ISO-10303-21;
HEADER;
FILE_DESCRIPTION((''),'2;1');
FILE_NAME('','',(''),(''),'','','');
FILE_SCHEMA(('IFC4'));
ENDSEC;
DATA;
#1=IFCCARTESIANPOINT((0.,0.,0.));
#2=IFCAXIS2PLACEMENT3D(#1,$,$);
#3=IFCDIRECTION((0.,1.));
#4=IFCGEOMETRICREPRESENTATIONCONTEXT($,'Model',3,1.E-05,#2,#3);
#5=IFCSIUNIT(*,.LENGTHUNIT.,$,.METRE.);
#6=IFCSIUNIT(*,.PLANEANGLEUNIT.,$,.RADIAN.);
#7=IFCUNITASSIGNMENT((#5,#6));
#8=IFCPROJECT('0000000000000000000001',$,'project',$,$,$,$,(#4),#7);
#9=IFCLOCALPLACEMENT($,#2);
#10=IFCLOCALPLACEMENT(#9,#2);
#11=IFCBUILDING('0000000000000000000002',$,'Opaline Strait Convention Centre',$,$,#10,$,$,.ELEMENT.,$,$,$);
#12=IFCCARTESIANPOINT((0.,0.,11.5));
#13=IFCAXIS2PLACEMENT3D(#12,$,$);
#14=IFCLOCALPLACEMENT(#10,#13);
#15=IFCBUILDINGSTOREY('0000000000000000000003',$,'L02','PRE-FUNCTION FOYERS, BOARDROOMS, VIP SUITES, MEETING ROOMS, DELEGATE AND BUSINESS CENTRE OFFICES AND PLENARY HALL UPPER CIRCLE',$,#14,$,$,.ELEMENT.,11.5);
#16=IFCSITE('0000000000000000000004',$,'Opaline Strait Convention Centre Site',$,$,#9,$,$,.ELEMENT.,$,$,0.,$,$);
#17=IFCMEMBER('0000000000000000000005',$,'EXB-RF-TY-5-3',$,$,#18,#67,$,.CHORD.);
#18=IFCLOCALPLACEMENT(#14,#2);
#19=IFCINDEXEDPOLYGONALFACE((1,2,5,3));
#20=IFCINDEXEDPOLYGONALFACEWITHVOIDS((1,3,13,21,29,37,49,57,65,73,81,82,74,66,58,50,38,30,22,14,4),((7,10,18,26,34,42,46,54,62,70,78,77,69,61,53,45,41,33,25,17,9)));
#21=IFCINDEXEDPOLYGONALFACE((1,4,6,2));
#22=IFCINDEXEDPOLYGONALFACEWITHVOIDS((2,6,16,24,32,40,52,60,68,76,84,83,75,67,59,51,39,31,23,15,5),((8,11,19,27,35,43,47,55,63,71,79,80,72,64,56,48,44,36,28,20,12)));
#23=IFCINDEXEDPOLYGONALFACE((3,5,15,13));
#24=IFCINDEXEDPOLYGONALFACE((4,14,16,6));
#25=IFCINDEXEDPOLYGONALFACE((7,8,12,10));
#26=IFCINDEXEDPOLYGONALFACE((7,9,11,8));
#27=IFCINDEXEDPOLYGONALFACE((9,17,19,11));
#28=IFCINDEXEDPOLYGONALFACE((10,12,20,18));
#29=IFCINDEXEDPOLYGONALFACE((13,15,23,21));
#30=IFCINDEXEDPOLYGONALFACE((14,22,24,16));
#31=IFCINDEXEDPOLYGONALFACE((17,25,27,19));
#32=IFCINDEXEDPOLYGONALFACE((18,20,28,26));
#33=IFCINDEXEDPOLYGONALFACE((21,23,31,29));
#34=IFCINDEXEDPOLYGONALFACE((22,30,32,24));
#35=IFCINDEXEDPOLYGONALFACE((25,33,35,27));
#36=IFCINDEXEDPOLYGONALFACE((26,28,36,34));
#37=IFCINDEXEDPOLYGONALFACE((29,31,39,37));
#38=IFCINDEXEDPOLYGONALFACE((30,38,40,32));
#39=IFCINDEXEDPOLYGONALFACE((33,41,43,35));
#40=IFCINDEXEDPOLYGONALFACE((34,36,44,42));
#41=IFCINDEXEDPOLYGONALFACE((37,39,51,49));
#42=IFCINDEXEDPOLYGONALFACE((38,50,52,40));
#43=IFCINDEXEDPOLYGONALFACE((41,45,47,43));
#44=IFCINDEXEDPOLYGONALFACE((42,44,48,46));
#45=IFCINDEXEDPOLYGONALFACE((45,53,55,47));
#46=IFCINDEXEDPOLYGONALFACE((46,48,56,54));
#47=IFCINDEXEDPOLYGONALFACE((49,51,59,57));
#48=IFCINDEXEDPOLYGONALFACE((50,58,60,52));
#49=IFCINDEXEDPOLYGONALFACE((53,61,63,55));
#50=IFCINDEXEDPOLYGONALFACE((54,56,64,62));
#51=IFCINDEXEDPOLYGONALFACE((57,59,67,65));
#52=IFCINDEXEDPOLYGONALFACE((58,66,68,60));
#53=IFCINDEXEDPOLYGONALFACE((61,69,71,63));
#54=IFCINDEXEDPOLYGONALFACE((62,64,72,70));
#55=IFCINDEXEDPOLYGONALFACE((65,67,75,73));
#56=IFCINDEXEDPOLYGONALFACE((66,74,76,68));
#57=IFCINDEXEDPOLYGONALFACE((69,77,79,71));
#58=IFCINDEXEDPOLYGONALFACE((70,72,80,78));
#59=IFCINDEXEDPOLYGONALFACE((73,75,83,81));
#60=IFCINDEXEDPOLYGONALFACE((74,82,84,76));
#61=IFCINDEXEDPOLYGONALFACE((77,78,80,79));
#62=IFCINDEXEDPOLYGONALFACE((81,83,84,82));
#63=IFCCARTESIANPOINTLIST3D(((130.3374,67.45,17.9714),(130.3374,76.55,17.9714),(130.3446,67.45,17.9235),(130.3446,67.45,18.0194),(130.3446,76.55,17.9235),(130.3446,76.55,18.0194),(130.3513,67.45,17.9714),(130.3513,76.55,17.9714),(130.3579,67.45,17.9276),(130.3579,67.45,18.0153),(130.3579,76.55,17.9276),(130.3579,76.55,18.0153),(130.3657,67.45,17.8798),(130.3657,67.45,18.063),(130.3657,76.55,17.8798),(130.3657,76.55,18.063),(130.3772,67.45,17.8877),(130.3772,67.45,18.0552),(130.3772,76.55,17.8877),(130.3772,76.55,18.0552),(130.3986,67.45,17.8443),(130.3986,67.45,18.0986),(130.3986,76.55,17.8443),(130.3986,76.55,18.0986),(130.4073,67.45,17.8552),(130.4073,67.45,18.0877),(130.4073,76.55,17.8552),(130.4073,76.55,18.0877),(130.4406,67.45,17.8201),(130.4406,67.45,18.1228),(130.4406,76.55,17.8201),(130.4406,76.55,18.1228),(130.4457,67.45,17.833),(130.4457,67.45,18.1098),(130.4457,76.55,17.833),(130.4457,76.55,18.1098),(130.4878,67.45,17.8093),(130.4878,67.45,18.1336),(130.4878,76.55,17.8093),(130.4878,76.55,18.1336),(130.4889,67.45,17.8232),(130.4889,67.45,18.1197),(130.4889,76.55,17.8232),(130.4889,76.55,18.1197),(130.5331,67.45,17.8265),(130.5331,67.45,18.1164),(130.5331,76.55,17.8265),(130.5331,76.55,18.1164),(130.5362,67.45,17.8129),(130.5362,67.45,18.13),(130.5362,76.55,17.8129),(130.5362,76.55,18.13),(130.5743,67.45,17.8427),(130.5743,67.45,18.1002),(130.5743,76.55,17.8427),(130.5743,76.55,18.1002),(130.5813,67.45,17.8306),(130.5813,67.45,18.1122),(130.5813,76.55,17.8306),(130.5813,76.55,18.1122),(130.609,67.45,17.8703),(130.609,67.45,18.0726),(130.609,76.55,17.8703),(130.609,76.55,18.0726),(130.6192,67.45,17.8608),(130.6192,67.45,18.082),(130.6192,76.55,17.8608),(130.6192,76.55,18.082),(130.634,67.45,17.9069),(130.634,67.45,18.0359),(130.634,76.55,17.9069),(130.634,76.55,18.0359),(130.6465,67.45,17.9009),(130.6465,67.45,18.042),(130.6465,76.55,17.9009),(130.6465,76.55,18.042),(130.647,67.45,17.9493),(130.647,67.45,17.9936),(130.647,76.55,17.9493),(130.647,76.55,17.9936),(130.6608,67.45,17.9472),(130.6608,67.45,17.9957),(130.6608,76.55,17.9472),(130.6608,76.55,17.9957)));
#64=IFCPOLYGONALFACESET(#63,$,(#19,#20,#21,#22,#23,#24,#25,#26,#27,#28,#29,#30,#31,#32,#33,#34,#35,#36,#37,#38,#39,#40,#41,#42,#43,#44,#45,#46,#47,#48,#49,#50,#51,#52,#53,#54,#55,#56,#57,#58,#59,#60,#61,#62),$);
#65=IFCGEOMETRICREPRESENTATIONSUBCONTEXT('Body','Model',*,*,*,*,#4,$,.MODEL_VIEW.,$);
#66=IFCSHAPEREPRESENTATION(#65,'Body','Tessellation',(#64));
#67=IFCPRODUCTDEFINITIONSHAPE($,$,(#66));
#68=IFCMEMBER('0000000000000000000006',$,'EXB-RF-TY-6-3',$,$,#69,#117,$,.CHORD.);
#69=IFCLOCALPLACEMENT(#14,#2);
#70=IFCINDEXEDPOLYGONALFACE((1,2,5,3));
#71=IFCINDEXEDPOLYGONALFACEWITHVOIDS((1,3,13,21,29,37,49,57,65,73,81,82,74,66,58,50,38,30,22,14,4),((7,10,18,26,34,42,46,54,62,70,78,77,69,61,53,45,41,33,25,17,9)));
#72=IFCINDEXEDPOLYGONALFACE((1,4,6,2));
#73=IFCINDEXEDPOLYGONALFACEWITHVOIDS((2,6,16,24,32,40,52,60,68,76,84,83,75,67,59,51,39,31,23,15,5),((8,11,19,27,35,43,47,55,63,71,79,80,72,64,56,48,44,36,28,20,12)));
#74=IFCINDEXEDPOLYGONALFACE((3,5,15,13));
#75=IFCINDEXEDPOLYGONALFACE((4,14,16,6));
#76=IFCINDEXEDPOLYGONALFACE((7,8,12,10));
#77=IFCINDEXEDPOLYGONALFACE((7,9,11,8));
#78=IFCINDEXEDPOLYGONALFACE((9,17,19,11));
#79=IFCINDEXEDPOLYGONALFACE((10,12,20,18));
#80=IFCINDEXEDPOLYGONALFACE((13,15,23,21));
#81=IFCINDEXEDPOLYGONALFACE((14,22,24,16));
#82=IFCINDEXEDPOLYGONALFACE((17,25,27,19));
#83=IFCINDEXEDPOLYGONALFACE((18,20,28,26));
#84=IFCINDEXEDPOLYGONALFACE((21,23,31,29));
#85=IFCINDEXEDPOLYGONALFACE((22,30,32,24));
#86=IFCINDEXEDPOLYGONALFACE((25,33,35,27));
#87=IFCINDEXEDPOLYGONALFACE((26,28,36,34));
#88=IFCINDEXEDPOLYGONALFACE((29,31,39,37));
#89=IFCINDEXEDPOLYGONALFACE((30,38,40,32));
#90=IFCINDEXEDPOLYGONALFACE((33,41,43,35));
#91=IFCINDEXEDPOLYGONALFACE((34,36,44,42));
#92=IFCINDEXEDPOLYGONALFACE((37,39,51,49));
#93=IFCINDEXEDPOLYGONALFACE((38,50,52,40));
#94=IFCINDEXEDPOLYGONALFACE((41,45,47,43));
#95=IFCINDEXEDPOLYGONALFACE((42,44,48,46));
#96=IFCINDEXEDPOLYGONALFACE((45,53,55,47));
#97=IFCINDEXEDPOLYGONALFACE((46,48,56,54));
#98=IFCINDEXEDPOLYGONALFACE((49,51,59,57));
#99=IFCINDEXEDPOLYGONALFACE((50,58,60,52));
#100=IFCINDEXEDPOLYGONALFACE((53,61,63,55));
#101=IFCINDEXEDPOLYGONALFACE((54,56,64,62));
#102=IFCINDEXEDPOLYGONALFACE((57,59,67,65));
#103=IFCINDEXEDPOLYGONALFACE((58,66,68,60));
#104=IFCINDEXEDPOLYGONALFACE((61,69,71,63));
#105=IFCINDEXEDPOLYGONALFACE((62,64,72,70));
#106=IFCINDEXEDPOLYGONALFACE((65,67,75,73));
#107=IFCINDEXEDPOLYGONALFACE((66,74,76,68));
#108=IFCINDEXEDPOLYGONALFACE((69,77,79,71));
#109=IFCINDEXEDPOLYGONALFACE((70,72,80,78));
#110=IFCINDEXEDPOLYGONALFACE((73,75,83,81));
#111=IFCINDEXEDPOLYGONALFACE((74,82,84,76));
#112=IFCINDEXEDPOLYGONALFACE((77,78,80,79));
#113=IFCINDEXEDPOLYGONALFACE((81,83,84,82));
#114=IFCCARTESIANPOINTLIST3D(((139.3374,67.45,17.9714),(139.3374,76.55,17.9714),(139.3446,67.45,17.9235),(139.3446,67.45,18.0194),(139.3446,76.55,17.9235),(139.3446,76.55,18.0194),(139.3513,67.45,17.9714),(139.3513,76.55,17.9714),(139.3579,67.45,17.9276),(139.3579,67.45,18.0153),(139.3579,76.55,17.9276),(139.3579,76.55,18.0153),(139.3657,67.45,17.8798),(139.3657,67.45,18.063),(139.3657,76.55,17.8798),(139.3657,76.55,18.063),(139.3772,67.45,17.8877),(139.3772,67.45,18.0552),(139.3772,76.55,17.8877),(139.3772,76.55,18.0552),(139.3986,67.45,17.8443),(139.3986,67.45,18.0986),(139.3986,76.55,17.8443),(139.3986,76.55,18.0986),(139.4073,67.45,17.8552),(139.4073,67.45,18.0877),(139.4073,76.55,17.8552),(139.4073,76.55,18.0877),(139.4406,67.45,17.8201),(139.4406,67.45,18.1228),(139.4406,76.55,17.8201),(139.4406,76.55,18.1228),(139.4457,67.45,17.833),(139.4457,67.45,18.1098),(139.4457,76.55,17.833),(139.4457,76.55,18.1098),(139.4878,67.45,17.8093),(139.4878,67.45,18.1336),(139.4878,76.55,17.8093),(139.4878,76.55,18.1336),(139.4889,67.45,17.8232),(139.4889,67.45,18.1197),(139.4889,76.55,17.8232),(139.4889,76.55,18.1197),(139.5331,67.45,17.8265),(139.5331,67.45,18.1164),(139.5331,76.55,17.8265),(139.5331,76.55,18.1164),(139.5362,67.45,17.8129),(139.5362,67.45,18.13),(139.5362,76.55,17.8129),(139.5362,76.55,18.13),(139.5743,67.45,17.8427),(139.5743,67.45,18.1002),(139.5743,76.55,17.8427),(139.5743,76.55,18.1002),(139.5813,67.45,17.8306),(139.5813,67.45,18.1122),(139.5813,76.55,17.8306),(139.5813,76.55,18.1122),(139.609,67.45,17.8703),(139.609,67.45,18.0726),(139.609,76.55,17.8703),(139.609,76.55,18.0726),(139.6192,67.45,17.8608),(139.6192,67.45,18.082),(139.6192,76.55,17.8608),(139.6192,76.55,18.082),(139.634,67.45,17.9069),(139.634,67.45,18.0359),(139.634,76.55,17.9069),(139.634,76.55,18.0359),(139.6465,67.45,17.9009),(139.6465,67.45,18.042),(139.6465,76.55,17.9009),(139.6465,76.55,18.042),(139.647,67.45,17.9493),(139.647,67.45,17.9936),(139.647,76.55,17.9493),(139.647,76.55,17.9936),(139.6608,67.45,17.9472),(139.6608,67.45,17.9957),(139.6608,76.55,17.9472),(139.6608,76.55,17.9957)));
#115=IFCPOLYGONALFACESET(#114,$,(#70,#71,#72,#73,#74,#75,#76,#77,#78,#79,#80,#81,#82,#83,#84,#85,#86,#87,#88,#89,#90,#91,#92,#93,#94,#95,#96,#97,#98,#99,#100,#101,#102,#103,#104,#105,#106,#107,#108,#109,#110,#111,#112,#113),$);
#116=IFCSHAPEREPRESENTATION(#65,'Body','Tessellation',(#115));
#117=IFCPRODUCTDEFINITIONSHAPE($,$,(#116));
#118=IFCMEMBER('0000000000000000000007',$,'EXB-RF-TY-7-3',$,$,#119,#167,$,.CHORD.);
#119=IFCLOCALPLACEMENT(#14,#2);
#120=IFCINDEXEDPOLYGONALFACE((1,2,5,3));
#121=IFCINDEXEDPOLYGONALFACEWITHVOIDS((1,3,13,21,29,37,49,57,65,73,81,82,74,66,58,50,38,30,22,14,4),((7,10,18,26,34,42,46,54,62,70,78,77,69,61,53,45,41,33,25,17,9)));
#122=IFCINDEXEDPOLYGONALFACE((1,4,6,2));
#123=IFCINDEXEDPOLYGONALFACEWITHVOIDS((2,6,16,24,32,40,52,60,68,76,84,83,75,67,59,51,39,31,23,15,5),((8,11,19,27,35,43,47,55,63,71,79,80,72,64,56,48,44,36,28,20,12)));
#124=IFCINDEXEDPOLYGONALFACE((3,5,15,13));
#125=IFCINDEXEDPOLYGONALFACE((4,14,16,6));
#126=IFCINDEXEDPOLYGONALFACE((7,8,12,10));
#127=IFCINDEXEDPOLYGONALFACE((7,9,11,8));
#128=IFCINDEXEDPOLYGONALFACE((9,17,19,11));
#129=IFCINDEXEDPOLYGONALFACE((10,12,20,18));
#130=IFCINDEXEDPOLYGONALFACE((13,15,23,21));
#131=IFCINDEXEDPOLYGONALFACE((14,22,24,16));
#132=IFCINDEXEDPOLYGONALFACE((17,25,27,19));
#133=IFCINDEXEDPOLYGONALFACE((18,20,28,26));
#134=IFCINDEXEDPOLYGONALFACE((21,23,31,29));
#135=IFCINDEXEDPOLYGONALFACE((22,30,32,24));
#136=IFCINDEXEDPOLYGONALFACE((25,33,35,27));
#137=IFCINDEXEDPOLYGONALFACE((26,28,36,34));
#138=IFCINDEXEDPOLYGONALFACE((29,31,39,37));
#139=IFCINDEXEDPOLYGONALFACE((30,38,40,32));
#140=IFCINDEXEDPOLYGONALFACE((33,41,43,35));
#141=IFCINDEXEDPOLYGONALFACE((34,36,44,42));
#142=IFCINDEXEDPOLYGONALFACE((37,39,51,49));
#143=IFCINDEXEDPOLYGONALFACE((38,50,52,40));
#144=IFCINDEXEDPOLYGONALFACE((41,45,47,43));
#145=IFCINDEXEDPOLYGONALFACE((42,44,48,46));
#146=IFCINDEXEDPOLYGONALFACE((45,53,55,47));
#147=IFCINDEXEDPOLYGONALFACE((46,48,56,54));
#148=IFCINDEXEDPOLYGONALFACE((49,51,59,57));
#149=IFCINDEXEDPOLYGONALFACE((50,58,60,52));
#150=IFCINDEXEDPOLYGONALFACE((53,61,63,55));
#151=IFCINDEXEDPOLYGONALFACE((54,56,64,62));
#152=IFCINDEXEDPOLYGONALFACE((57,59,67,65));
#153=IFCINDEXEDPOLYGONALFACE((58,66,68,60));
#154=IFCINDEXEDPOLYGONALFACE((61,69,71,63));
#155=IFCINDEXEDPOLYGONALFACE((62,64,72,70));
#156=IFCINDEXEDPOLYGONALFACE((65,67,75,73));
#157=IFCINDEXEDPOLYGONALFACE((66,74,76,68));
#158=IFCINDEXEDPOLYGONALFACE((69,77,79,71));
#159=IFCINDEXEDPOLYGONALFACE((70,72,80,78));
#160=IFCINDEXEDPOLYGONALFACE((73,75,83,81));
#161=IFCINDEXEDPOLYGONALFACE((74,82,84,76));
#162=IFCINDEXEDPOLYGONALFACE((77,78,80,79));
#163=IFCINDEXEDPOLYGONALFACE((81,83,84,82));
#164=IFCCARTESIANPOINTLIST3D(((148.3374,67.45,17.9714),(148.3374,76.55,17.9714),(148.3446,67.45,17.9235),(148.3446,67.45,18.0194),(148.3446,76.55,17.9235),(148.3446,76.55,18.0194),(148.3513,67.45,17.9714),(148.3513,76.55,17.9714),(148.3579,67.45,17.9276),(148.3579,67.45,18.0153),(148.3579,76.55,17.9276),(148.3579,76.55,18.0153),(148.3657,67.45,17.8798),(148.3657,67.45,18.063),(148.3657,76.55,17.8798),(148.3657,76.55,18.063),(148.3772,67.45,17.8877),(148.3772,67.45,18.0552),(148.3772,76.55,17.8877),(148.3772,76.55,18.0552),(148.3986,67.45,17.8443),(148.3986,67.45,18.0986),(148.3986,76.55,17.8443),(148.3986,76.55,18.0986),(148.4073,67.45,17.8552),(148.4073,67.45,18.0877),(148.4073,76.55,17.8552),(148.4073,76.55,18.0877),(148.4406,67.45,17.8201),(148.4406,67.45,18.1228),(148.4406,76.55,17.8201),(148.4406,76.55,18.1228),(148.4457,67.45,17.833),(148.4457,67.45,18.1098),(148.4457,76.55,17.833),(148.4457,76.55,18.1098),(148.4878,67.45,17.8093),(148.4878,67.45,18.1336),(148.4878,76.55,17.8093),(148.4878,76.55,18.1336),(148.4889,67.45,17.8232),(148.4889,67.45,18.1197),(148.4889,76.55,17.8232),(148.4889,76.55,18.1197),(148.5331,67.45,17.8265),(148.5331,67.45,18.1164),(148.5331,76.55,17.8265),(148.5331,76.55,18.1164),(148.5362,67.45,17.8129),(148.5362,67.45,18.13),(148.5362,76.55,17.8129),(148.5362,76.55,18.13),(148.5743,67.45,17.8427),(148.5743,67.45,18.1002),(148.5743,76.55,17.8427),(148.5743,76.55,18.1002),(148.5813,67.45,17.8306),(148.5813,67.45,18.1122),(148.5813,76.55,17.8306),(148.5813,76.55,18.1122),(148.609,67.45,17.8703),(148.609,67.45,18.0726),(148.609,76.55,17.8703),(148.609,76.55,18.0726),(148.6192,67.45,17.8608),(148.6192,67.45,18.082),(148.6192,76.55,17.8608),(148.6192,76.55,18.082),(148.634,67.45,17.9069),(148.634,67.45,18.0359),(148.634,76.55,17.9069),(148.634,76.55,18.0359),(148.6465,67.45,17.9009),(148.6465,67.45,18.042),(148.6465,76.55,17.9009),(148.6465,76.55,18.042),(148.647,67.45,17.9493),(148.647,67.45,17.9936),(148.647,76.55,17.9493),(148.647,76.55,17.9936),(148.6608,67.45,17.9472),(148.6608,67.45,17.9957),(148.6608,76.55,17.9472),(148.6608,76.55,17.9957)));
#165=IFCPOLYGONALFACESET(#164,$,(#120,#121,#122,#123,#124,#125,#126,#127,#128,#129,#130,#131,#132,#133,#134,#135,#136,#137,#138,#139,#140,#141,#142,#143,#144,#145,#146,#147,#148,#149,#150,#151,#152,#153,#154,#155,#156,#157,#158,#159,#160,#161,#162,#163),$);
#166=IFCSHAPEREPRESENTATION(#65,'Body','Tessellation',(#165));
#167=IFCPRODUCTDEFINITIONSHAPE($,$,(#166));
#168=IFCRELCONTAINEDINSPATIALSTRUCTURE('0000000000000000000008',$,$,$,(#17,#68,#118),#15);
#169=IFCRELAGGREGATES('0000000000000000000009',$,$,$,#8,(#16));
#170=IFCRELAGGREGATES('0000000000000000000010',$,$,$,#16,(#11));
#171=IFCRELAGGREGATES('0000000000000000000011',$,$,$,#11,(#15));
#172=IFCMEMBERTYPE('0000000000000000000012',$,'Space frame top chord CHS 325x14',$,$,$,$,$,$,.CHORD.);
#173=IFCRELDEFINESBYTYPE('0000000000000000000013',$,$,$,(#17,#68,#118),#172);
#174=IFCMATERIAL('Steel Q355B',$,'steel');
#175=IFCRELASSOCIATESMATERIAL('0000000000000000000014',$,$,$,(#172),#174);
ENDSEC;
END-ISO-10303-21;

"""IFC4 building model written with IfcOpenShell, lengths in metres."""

from ifc_helpers import new_model, si_unit, direction, frame, origin, origin_2d, place, context, subcontext, project, spatial, hollow_circle, extrude, material, material_profile, profile_set, type_object, element, save


model = new_model("IFC4")

# Units and contexts
model_context = context("Model", 3, precision=1e-05, world=origin(), true_north=direction((0.0, 1.0)))
body_context = subcontext(model_context, "Body", "Model", "MODEL_VIEW")
ifc_project = project(units=[si_unit("LENGTHUNIT", "METRE"), si_unit("PLANEANGLEUNIT", "RADIAN")], contexts=[model_context])

# Site, building, storey
site_placement = place(None, origin())
site = spatial("IfcSite", under=ifc_project, at=site_placement, Name="Opaline Strait Convention Centre Site", CompositionType="ELEMENT", RefElevation=0.0)
building_placement = place(site_placement, origin())
building = spatial("IfcBuilding", under=site, at=building_placement, Name="Opaline Strait Convention Centre", CompositionType="ELEMENT")
storey_placement = place(building_placement, frame((0.0, 0.0, 11.5)))
storey = spatial("IfcBuildingStorey", under=building, at=storey_placement, Name="L02", Description="PRE-FUNCTION FOYERS, BOARDROOMS, VIP SUITES, MEETING ROOMS, DELEGATE AND BUSINESS CENTRE OFFICES AND PLENARY HALL UPPER CIRCLE", CompositionType="ELEMENT", Elevation=11.5)

# Members
ifc_material_1 = material(Name="Steel Q355B", Category="steel")
ifc_material_profile_1 = material_profile(ifc_material_1, hollow_circle(Radius=0.1626, WallThickness=0.0139, at=origin_2d()), Name="CHS 325x14")
ifc_profile_set_1 = profile_set([ifc_material_profile_1], Name="Steel Q355B")
member_type_1 = type_object("IfcMemberType", Name="Space frame top chord CHS 325x14", PredefinedType="CHORD", material=ifc_profile_set_1)
for number, where, z_axis, x_axis, name in (
    (1, (130.5, 67.45, 17.9714), (0.0, 1.0, 0.0), (-1.0, 0.0, 0.0), "EXB-RF-TY-5-3"),
    (2, (139.5, 67.45, 17.9714), (0.0, 1.0, 0.0), (-1.0, 0.0, 0.0), "EXB-RF-TY-6-3"),
    (3, (148.5, 67.45, 17.9714), (0.0, 1.0, 0.0), (-1.0, 0.0, 0.0), "EXB-RF-TY-7-3"),
):
    element("IfcMember", number, at=place(storey_placement, frame(where, z_axis=z_axis, x_axis=x_axis)), inside=storey, type_object=member_type_1, Name=name, PredefinedType="CHORD", context=body_context, shape_type="SweptSolid", body=[
        extrude(hollow_circle(Radius=0.1626, WallThickness=0.0139, at=origin_2d()), origin(), (0.0, 0.0, 1.0), 9.1001),
    ])

save(model, "model.ifc")
